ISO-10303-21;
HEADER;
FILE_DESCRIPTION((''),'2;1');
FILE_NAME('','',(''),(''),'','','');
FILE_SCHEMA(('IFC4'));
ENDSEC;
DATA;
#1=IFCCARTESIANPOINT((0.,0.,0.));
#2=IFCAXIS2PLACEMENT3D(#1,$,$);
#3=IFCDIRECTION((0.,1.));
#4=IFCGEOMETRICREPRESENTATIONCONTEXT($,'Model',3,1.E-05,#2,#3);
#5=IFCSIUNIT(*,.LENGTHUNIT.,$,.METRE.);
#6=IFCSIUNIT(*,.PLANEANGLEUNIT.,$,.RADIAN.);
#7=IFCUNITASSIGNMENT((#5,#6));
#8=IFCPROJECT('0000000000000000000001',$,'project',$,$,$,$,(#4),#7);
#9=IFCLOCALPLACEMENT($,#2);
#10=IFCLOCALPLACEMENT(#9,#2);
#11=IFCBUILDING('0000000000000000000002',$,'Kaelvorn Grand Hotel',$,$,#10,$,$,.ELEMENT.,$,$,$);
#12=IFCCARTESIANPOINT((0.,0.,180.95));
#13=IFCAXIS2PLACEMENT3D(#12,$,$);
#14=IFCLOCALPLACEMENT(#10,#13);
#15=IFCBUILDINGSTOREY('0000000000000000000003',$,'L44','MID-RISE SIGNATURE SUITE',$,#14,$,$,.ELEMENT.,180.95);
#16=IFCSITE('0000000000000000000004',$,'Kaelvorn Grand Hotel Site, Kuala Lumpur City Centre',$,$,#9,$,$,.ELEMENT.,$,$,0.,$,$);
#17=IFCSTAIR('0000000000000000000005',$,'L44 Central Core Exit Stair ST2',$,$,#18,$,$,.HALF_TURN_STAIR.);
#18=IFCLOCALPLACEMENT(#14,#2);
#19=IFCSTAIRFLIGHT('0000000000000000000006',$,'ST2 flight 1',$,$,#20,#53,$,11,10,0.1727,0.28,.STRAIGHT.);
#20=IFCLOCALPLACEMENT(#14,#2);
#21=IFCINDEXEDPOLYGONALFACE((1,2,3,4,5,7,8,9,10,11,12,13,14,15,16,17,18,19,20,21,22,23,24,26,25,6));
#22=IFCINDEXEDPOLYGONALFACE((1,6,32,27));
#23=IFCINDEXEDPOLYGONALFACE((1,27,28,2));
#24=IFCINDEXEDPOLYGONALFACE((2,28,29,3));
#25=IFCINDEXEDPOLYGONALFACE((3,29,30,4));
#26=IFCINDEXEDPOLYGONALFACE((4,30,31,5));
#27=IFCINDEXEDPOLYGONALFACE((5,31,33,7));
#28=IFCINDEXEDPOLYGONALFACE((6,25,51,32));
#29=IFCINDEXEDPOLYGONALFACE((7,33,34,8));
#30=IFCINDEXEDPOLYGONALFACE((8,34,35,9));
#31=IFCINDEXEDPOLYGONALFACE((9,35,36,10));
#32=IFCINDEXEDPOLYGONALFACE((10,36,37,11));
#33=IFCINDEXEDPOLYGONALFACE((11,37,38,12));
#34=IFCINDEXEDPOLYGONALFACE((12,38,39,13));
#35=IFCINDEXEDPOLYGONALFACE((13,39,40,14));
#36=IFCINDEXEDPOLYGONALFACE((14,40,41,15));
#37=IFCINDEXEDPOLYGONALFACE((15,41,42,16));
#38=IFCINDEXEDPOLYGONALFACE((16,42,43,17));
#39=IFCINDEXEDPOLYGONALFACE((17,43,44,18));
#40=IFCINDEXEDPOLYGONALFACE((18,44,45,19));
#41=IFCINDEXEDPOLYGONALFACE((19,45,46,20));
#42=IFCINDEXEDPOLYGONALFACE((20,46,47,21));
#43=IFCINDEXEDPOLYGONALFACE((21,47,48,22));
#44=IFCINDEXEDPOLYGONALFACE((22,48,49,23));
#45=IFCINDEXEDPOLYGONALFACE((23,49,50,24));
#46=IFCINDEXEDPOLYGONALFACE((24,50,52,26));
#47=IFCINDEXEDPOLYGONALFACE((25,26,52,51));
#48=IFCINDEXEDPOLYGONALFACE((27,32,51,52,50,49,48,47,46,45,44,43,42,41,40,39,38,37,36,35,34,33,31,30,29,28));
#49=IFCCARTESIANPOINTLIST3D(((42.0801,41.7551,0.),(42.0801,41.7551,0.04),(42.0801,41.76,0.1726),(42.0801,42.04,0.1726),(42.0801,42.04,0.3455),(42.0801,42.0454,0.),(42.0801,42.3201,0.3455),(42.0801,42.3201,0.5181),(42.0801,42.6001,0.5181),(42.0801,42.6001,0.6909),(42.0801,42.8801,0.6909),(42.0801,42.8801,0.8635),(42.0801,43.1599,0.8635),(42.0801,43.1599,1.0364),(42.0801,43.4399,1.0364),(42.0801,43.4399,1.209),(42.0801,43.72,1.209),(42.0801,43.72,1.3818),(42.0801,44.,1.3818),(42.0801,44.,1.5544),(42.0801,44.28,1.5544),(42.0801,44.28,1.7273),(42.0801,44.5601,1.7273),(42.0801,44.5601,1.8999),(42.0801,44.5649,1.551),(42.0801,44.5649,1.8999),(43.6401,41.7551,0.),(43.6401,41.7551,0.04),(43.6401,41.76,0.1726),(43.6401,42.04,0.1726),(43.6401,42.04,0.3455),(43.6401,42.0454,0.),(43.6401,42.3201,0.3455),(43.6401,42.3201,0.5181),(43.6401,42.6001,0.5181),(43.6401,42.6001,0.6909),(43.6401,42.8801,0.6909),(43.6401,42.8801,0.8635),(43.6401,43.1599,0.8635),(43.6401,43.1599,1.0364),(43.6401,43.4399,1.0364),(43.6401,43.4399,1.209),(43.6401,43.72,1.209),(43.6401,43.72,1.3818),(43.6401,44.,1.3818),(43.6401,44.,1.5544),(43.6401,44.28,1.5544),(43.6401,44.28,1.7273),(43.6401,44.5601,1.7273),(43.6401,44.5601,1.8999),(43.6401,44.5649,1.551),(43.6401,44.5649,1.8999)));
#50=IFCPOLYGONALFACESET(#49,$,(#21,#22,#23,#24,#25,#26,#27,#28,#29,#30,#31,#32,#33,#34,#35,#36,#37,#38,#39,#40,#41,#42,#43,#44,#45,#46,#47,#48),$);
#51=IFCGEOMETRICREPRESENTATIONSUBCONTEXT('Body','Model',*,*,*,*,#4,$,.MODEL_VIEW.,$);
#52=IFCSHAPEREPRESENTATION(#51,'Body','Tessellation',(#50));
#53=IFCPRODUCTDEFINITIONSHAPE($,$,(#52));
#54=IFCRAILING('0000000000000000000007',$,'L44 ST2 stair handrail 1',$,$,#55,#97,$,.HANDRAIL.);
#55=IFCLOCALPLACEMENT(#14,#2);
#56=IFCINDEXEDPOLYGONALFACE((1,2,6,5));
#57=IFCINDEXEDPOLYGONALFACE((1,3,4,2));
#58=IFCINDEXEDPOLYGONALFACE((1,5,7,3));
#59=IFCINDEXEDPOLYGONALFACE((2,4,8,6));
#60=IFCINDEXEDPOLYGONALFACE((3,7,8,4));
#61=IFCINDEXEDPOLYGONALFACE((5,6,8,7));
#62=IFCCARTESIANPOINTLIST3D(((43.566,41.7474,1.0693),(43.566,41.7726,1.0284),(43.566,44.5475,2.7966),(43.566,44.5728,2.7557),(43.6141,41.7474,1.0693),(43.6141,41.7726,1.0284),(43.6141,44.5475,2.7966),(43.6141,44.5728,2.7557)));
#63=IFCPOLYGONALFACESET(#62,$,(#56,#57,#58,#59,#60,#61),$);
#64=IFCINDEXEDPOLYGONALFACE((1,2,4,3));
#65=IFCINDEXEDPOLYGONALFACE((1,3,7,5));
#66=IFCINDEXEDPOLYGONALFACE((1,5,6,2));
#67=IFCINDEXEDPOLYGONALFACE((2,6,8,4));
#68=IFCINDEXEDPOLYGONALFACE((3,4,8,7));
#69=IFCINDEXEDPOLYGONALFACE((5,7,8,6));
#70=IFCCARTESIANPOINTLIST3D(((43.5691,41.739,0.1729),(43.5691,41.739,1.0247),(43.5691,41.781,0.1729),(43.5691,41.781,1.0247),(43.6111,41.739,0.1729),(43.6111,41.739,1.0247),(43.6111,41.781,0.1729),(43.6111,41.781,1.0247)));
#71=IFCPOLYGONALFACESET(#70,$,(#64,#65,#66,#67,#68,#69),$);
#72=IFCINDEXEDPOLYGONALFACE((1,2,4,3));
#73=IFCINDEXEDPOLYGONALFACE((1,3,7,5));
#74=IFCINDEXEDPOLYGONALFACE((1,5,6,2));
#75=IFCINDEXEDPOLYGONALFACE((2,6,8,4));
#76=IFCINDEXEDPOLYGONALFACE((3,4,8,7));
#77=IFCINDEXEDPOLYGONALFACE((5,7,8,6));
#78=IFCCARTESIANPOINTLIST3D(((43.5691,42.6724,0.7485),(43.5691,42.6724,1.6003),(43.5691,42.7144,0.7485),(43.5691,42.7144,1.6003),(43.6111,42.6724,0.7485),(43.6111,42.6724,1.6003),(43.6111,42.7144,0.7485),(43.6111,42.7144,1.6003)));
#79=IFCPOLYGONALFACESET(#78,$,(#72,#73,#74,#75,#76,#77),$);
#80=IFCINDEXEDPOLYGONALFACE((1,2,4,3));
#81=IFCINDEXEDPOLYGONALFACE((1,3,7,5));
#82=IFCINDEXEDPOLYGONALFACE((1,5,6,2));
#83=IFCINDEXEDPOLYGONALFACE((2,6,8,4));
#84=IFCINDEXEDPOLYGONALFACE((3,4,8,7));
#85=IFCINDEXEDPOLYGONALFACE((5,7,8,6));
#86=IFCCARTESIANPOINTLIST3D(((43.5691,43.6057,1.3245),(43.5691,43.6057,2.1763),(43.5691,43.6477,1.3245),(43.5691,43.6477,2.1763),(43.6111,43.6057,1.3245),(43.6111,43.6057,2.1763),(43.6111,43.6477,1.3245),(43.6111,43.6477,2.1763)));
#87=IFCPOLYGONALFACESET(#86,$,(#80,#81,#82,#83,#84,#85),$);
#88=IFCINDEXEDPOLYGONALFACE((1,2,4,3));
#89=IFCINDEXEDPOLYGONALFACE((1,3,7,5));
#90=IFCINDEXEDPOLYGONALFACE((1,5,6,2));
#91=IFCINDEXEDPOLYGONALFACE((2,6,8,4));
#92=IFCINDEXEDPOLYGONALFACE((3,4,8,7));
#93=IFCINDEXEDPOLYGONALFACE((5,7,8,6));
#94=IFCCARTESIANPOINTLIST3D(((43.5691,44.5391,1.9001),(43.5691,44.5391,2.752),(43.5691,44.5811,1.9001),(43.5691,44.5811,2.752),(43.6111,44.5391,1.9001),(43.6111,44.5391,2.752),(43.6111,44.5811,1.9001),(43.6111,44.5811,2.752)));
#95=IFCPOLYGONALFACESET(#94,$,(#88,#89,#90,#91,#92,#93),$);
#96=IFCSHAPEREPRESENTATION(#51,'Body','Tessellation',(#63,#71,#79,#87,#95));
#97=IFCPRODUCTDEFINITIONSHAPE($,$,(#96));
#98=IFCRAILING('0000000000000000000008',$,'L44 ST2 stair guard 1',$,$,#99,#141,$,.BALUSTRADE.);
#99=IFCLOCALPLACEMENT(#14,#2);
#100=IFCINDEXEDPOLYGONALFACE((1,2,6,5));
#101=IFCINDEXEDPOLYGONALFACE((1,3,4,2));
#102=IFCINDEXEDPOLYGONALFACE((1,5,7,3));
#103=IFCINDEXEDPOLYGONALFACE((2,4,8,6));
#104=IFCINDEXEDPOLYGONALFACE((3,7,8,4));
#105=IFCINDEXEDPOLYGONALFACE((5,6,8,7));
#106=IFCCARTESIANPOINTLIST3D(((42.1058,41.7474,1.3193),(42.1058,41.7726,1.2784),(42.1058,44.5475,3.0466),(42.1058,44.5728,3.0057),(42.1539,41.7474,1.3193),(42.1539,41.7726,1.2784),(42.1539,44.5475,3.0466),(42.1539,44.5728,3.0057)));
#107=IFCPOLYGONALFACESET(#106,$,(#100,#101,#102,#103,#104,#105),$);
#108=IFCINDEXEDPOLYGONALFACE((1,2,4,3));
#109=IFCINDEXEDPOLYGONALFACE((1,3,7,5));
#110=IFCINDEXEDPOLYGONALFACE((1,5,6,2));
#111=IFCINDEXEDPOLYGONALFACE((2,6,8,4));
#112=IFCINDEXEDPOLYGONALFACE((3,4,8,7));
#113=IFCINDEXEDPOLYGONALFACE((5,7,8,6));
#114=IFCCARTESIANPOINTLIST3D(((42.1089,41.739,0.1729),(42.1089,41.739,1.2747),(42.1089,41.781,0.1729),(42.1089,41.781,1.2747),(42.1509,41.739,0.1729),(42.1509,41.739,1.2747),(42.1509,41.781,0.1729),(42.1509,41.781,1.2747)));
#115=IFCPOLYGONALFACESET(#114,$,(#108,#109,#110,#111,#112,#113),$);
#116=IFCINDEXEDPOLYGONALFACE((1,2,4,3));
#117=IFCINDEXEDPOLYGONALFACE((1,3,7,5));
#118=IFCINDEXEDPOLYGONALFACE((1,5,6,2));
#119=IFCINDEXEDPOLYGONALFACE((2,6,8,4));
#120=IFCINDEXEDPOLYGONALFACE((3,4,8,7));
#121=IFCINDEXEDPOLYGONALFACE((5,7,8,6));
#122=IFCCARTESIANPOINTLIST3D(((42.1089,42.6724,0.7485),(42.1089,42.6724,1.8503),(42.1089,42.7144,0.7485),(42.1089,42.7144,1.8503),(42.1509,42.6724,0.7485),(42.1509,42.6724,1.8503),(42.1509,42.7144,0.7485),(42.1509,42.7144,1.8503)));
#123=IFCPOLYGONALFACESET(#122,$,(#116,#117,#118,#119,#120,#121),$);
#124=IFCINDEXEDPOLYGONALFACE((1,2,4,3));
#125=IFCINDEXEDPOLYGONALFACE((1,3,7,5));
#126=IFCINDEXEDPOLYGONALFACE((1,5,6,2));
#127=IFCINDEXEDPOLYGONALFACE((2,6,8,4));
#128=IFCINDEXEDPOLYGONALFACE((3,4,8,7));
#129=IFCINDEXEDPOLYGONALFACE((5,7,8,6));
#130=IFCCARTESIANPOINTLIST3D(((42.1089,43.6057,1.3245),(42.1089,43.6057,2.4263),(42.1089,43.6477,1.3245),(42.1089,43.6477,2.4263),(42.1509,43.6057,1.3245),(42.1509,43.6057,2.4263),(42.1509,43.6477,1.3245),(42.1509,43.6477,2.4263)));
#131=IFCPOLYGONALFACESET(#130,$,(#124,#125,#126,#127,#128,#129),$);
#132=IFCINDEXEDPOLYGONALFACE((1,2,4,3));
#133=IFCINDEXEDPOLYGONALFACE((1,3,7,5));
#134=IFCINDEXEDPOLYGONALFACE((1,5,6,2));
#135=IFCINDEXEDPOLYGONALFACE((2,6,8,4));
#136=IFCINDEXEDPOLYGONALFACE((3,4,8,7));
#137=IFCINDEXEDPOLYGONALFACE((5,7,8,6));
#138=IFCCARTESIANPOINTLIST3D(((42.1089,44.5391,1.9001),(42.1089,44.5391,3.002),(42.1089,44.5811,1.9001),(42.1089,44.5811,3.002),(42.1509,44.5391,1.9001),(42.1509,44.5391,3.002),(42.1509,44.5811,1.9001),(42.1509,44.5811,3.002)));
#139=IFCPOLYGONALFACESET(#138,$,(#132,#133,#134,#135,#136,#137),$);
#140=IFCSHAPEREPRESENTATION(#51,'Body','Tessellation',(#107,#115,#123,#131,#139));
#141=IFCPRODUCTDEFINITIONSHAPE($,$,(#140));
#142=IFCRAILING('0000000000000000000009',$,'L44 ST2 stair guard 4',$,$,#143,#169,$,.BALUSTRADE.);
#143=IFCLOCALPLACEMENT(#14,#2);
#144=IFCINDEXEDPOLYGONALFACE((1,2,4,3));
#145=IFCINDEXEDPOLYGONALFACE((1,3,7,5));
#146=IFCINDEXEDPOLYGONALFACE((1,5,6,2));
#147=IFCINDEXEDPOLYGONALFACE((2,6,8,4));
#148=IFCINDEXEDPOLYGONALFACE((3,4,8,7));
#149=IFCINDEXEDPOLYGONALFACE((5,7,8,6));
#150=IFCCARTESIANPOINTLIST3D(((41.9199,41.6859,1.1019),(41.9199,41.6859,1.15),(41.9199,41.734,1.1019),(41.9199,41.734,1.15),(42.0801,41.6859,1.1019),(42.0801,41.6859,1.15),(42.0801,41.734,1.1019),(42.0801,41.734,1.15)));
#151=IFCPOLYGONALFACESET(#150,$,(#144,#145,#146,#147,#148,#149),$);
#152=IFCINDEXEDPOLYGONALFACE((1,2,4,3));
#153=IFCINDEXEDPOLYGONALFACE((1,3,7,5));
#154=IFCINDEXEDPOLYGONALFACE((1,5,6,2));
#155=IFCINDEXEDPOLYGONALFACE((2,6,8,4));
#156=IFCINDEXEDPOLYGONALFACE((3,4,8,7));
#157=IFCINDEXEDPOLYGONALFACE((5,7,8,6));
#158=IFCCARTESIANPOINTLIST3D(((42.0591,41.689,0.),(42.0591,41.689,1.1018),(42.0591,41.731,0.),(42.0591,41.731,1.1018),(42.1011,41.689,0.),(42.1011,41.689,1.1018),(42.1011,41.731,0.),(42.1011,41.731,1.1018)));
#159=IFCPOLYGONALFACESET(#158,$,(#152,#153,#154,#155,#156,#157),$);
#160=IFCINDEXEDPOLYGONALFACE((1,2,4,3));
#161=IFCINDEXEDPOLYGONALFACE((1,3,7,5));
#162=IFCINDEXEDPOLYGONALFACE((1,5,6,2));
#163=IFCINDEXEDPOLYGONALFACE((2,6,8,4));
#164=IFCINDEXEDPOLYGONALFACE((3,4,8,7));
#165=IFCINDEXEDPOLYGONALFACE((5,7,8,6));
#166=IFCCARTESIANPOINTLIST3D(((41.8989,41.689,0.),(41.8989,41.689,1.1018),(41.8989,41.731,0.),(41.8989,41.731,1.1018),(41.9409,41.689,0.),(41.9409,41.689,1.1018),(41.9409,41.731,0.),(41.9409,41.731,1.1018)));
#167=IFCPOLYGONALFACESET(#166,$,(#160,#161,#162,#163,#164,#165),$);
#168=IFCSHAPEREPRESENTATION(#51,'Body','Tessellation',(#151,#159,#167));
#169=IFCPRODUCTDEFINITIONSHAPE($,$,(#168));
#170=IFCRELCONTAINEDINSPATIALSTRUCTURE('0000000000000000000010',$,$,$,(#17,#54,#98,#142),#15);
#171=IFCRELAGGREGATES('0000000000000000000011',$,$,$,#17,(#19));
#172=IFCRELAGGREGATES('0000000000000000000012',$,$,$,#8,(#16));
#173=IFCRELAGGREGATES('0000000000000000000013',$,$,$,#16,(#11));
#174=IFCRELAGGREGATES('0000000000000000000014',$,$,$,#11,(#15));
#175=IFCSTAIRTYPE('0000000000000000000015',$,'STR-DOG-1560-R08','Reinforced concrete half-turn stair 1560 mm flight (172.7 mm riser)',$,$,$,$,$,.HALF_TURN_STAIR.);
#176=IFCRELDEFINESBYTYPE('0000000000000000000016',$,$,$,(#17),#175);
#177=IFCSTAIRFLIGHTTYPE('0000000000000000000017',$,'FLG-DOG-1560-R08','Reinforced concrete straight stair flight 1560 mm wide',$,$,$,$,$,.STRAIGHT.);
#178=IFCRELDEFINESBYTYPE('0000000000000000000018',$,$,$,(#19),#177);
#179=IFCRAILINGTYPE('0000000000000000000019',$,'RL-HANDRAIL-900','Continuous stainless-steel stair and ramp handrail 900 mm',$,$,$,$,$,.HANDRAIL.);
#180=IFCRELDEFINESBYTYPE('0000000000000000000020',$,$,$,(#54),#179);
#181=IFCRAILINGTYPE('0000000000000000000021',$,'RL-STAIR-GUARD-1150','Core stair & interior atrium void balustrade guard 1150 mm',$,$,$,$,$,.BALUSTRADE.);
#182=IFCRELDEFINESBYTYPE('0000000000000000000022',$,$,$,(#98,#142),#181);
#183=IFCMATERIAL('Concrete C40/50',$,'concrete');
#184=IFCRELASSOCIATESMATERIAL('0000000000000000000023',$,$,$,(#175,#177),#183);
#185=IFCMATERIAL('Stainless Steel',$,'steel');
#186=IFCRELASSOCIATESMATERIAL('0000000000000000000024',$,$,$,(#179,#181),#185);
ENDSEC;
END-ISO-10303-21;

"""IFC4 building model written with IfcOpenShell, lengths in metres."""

from ifc_helpers import new_model, si_unit, direction, frame, origin, origin_2d, place, context, subcontext, project, spatial, polyline, rectangle, outline, extrude, material, type_object, element, aggregate, save


model = new_model("IFC4")

# Units and contexts
model_context = context("Model", 3, precision=1e-05, world=origin(), true_north=direction((0.0, 1.0)))
body_context = subcontext(model_context, "Body", "Model", "MODEL_VIEW")
ifc_project = project(units=[si_unit("LENGTHUNIT", "METRE"), si_unit("PLANEANGLEUNIT", "RADIAN")], contexts=[model_context])

# Site, building, storey
site_placement = place(None, origin())
site = spatial("IfcSite", under=ifc_project, at=site_placement, Name="Kaelvorn Grand Hotel Site, Kuala Lumpur City Centre", CompositionType="ELEMENT", RefElevation=0.0)
building_placement = place(site_placement, origin())
building = spatial("IfcBuilding", under=site, at=building_placement, Name="Kaelvorn Grand Hotel", CompositionType="ELEMENT")
storey_placement = place(building_placement, frame((0.0, 0.0, 180.95)))
storey = spatial("IfcBuildingStorey", under=building, at=storey_placement, Name="L44", Description="MID-RISE SIGNATURE SUITE", CompositionType="ELEMENT", Elevation=180.95)

# Shared definitions
ifc_material_1 = material(Name="Concrete C40/50", Category="concrete")

# Shared definitions
ifc_material_2 = material(Name="Stainless Steel", Category="steel")

# Stair, stair flight
stair_type = type_object("IfcStairType", Name="STR-DOG-1560-R08", Description="Reinforced concrete half-turn stair 1560 mm flight (172.7 mm riser)", PredefinedType="HALF_TURN_STAIR", material=ifc_material_1)
stair_placement = place(storey_placement, origin())
stair = element("IfcStair", 1, at=stair_placement, inside=storey, type_object=stair_type, Name="L44 Central Core Exit Stair ST2", PredefinedType="HALF_TURN_STAIR")
stair_flight_type = type_object("IfcStairFlightType", Name="FLG-DOG-1560-R08", Description="Reinforced concrete straight stair flight 1560 mm wide", PredefinedType="STRAIGHT", material=ifc_material_1)
stair_flight_placement = place(storey_placement, frame((42.8601, 41.76, 0.0), z_axis=(0.0, 0.0, 1.0), x_axis=(0.0, 1.0, 0.0)))
stair_flight = element("IfcStairFlight", 2, at=stair_flight_placement, type_object=stair_flight_type, Name="ST2 flight 1", NumberOfRisers=11, NumberOfTreads=10, PredefinedType="STRAIGHT", RiserHeight=0.1727, TreadLength=0.28, context=body_context, shape_type="SweptSolid", body=[
    extrude(outline(polyline([(-0.0049, 0.0), (-0.0049, 0.04), (0.0, 0.1726), (0.28, 0.1726), (0.28, 0.3455), (0.5601, 0.3455), (0.5601, 0.5181), (0.8401, 0.5181), (0.8401, 0.6909), (1.1201, 0.6909), (1.1201, 0.8635), (1.3999, 0.8635), (1.3999, 1.0364), (1.6799, 1.0364), (1.6799, 1.209), (1.96, 1.209), (1.96, 1.3818), (2.24, 1.3818), (2.24, 1.5544), (2.52, 1.5544), (2.52, 1.7273), (2.8, 1.7273), (2.8, 1.8999), (2.8049, 1.8999), (2.8049, 1.551), (0.2854, 0.0), (-0.0049, 0.0)])), frame((0.0, 0.78, 0.0), z_axis=(0.0, -1.0, 0.0), x_axis=(1.0, 0.0, 0.0)), (0.0, 0.0, 1.0), 1.5601),
])
aggregate(stair, [stair_flight])

# Railings
railing_type_1 = type_object("IfcRailingType", Name="RL-HANDRAIL-900", Description="Continuous stainless-steel stair and ramp handrail 900 mm", PredefinedType="HANDRAIL", material=ifc_material_2)
railing_1_placement = place(storey_placement, frame((43.5901, 41.76, 0.1729)))
element("IfcRailing", 3, at=railing_1_placement, inside=storey, type_object=railing_type_1, Name="L44 ST2 stair handrail 1", PredefinedType="HANDRAIL", context=body_context, shape_type="SweptSolid", body=[
    extrude(rectangle(XDim=0.0481, YDim=0.0481, at=origin_2d()), frame((0.0, 0.0, 0.876), z_axis=(0.0, 0.85109, 0.52502), x_axis=(-1.0, 0.0, 0.0)), (0.0, 0.0, 1.0), 3.29),
    extrude(rectangle(XDim=0.042, YDim=0.042, at=origin_2d()), origin(), (0.0, 0.0, 1.0), 0.8518),
    extrude(rectangle(XDim=0.042, YDim=0.042, at=origin_2d()), frame((0.0, 0.9333, 0.5757)), (0.0, 0.0, 1.0), 0.8518),
    extrude(rectangle(XDim=0.042, YDim=0.042, at=origin_2d()), frame((0.0, 1.8667, 1.1516)), (0.0, 0.0, 1.0), 0.8518),
    extrude(rectangle(XDim=0.042, YDim=0.042, at=origin_2d()), frame((0.0, 2.8, 1.7273)), (0.0, 0.0, 1.0), 0.8518),
])
railing_type_2 = type_object("IfcRailingType", Name="RL-STAIR-GUARD-1150", Description="Core stair & interior atrium void balustrade guard 1150 mm", PredefinedType="BALUSTRADE", material=ifc_material_2)
railing_2_placement = place(storey_placement, frame((42.1299, 41.76, 0.1729)))
element("IfcRailing", 4, at=railing_2_placement, inside=storey, type_object=railing_type_2, Name="L44 ST2 stair guard 1", PredefinedType="BALUSTRADE", context=body_context, shape_type="SweptSolid", body=[
    extrude(rectangle(XDim=0.0481, YDim=0.0481, at=origin_2d()), frame((0.0, 0.0, 1.126), z_axis=(0.0, 0.85109, 0.52502), x_axis=(-1.0, 0.0, 0.0)), (0.0, 0.0, 1.0), 3.29),
    extrude(rectangle(XDim=0.042, YDim=0.042, at=origin_2d()), origin(), (0.0, 0.0, 1.0), 1.1018),
    extrude(rectangle(XDim=0.042, YDim=0.042, at=origin_2d()), frame((0.0, 0.9333, 0.5757)), (0.0, 0.0, 1.0), 1.1018),
    extrude(rectangle(XDim=0.042, YDim=0.042, at=origin_2d()), frame((0.0, 1.8667, 1.1516)), (0.0, 0.0, 1.0), 1.1018),
    extrude(rectangle(XDim=0.042, YDim=0.042, at=origin_2d()), frame((0.0, 2.8, 1.7273)), (0.0, 0.0, 1.0), 1.1018),
])
railing_3_placement = place(storey_placement, frame((42.0801, 41.71, 0.0)))
element("IfcRailing", 5, at=railing_3_placement, inside=storey, type_object=railing_type_2, Name="L44 ST2 stair guard 4", PredefinedType="BALUSTRADE", context=body_context, shape_type="SweptSolid", body=[
    extrude(rectangle(XDim=0.0481, YDim=0.0481, at=origin_2d()), frame((0.0, 0.0, 1.126), z_axis=(-1.0, 0.0, 0.0), x_axis=(0.0, -1.0, 0.0)), (0.0, 0.0, 1.0), 0.1602),
    extrude(rectangle(XDim=0.042, YDim=0.042, at=origin_2d()), origin(), (0.0, 0.0, 1.0), 1.1018),
    extrude(rectangle(XDim=0.042, YDim=0.042, at=origin_2d()), frame((-0.1602, 0.0, 0.0)), (0.0, 0.0, 1.0), 1.1018),
])

save(model, "model.ifc")
